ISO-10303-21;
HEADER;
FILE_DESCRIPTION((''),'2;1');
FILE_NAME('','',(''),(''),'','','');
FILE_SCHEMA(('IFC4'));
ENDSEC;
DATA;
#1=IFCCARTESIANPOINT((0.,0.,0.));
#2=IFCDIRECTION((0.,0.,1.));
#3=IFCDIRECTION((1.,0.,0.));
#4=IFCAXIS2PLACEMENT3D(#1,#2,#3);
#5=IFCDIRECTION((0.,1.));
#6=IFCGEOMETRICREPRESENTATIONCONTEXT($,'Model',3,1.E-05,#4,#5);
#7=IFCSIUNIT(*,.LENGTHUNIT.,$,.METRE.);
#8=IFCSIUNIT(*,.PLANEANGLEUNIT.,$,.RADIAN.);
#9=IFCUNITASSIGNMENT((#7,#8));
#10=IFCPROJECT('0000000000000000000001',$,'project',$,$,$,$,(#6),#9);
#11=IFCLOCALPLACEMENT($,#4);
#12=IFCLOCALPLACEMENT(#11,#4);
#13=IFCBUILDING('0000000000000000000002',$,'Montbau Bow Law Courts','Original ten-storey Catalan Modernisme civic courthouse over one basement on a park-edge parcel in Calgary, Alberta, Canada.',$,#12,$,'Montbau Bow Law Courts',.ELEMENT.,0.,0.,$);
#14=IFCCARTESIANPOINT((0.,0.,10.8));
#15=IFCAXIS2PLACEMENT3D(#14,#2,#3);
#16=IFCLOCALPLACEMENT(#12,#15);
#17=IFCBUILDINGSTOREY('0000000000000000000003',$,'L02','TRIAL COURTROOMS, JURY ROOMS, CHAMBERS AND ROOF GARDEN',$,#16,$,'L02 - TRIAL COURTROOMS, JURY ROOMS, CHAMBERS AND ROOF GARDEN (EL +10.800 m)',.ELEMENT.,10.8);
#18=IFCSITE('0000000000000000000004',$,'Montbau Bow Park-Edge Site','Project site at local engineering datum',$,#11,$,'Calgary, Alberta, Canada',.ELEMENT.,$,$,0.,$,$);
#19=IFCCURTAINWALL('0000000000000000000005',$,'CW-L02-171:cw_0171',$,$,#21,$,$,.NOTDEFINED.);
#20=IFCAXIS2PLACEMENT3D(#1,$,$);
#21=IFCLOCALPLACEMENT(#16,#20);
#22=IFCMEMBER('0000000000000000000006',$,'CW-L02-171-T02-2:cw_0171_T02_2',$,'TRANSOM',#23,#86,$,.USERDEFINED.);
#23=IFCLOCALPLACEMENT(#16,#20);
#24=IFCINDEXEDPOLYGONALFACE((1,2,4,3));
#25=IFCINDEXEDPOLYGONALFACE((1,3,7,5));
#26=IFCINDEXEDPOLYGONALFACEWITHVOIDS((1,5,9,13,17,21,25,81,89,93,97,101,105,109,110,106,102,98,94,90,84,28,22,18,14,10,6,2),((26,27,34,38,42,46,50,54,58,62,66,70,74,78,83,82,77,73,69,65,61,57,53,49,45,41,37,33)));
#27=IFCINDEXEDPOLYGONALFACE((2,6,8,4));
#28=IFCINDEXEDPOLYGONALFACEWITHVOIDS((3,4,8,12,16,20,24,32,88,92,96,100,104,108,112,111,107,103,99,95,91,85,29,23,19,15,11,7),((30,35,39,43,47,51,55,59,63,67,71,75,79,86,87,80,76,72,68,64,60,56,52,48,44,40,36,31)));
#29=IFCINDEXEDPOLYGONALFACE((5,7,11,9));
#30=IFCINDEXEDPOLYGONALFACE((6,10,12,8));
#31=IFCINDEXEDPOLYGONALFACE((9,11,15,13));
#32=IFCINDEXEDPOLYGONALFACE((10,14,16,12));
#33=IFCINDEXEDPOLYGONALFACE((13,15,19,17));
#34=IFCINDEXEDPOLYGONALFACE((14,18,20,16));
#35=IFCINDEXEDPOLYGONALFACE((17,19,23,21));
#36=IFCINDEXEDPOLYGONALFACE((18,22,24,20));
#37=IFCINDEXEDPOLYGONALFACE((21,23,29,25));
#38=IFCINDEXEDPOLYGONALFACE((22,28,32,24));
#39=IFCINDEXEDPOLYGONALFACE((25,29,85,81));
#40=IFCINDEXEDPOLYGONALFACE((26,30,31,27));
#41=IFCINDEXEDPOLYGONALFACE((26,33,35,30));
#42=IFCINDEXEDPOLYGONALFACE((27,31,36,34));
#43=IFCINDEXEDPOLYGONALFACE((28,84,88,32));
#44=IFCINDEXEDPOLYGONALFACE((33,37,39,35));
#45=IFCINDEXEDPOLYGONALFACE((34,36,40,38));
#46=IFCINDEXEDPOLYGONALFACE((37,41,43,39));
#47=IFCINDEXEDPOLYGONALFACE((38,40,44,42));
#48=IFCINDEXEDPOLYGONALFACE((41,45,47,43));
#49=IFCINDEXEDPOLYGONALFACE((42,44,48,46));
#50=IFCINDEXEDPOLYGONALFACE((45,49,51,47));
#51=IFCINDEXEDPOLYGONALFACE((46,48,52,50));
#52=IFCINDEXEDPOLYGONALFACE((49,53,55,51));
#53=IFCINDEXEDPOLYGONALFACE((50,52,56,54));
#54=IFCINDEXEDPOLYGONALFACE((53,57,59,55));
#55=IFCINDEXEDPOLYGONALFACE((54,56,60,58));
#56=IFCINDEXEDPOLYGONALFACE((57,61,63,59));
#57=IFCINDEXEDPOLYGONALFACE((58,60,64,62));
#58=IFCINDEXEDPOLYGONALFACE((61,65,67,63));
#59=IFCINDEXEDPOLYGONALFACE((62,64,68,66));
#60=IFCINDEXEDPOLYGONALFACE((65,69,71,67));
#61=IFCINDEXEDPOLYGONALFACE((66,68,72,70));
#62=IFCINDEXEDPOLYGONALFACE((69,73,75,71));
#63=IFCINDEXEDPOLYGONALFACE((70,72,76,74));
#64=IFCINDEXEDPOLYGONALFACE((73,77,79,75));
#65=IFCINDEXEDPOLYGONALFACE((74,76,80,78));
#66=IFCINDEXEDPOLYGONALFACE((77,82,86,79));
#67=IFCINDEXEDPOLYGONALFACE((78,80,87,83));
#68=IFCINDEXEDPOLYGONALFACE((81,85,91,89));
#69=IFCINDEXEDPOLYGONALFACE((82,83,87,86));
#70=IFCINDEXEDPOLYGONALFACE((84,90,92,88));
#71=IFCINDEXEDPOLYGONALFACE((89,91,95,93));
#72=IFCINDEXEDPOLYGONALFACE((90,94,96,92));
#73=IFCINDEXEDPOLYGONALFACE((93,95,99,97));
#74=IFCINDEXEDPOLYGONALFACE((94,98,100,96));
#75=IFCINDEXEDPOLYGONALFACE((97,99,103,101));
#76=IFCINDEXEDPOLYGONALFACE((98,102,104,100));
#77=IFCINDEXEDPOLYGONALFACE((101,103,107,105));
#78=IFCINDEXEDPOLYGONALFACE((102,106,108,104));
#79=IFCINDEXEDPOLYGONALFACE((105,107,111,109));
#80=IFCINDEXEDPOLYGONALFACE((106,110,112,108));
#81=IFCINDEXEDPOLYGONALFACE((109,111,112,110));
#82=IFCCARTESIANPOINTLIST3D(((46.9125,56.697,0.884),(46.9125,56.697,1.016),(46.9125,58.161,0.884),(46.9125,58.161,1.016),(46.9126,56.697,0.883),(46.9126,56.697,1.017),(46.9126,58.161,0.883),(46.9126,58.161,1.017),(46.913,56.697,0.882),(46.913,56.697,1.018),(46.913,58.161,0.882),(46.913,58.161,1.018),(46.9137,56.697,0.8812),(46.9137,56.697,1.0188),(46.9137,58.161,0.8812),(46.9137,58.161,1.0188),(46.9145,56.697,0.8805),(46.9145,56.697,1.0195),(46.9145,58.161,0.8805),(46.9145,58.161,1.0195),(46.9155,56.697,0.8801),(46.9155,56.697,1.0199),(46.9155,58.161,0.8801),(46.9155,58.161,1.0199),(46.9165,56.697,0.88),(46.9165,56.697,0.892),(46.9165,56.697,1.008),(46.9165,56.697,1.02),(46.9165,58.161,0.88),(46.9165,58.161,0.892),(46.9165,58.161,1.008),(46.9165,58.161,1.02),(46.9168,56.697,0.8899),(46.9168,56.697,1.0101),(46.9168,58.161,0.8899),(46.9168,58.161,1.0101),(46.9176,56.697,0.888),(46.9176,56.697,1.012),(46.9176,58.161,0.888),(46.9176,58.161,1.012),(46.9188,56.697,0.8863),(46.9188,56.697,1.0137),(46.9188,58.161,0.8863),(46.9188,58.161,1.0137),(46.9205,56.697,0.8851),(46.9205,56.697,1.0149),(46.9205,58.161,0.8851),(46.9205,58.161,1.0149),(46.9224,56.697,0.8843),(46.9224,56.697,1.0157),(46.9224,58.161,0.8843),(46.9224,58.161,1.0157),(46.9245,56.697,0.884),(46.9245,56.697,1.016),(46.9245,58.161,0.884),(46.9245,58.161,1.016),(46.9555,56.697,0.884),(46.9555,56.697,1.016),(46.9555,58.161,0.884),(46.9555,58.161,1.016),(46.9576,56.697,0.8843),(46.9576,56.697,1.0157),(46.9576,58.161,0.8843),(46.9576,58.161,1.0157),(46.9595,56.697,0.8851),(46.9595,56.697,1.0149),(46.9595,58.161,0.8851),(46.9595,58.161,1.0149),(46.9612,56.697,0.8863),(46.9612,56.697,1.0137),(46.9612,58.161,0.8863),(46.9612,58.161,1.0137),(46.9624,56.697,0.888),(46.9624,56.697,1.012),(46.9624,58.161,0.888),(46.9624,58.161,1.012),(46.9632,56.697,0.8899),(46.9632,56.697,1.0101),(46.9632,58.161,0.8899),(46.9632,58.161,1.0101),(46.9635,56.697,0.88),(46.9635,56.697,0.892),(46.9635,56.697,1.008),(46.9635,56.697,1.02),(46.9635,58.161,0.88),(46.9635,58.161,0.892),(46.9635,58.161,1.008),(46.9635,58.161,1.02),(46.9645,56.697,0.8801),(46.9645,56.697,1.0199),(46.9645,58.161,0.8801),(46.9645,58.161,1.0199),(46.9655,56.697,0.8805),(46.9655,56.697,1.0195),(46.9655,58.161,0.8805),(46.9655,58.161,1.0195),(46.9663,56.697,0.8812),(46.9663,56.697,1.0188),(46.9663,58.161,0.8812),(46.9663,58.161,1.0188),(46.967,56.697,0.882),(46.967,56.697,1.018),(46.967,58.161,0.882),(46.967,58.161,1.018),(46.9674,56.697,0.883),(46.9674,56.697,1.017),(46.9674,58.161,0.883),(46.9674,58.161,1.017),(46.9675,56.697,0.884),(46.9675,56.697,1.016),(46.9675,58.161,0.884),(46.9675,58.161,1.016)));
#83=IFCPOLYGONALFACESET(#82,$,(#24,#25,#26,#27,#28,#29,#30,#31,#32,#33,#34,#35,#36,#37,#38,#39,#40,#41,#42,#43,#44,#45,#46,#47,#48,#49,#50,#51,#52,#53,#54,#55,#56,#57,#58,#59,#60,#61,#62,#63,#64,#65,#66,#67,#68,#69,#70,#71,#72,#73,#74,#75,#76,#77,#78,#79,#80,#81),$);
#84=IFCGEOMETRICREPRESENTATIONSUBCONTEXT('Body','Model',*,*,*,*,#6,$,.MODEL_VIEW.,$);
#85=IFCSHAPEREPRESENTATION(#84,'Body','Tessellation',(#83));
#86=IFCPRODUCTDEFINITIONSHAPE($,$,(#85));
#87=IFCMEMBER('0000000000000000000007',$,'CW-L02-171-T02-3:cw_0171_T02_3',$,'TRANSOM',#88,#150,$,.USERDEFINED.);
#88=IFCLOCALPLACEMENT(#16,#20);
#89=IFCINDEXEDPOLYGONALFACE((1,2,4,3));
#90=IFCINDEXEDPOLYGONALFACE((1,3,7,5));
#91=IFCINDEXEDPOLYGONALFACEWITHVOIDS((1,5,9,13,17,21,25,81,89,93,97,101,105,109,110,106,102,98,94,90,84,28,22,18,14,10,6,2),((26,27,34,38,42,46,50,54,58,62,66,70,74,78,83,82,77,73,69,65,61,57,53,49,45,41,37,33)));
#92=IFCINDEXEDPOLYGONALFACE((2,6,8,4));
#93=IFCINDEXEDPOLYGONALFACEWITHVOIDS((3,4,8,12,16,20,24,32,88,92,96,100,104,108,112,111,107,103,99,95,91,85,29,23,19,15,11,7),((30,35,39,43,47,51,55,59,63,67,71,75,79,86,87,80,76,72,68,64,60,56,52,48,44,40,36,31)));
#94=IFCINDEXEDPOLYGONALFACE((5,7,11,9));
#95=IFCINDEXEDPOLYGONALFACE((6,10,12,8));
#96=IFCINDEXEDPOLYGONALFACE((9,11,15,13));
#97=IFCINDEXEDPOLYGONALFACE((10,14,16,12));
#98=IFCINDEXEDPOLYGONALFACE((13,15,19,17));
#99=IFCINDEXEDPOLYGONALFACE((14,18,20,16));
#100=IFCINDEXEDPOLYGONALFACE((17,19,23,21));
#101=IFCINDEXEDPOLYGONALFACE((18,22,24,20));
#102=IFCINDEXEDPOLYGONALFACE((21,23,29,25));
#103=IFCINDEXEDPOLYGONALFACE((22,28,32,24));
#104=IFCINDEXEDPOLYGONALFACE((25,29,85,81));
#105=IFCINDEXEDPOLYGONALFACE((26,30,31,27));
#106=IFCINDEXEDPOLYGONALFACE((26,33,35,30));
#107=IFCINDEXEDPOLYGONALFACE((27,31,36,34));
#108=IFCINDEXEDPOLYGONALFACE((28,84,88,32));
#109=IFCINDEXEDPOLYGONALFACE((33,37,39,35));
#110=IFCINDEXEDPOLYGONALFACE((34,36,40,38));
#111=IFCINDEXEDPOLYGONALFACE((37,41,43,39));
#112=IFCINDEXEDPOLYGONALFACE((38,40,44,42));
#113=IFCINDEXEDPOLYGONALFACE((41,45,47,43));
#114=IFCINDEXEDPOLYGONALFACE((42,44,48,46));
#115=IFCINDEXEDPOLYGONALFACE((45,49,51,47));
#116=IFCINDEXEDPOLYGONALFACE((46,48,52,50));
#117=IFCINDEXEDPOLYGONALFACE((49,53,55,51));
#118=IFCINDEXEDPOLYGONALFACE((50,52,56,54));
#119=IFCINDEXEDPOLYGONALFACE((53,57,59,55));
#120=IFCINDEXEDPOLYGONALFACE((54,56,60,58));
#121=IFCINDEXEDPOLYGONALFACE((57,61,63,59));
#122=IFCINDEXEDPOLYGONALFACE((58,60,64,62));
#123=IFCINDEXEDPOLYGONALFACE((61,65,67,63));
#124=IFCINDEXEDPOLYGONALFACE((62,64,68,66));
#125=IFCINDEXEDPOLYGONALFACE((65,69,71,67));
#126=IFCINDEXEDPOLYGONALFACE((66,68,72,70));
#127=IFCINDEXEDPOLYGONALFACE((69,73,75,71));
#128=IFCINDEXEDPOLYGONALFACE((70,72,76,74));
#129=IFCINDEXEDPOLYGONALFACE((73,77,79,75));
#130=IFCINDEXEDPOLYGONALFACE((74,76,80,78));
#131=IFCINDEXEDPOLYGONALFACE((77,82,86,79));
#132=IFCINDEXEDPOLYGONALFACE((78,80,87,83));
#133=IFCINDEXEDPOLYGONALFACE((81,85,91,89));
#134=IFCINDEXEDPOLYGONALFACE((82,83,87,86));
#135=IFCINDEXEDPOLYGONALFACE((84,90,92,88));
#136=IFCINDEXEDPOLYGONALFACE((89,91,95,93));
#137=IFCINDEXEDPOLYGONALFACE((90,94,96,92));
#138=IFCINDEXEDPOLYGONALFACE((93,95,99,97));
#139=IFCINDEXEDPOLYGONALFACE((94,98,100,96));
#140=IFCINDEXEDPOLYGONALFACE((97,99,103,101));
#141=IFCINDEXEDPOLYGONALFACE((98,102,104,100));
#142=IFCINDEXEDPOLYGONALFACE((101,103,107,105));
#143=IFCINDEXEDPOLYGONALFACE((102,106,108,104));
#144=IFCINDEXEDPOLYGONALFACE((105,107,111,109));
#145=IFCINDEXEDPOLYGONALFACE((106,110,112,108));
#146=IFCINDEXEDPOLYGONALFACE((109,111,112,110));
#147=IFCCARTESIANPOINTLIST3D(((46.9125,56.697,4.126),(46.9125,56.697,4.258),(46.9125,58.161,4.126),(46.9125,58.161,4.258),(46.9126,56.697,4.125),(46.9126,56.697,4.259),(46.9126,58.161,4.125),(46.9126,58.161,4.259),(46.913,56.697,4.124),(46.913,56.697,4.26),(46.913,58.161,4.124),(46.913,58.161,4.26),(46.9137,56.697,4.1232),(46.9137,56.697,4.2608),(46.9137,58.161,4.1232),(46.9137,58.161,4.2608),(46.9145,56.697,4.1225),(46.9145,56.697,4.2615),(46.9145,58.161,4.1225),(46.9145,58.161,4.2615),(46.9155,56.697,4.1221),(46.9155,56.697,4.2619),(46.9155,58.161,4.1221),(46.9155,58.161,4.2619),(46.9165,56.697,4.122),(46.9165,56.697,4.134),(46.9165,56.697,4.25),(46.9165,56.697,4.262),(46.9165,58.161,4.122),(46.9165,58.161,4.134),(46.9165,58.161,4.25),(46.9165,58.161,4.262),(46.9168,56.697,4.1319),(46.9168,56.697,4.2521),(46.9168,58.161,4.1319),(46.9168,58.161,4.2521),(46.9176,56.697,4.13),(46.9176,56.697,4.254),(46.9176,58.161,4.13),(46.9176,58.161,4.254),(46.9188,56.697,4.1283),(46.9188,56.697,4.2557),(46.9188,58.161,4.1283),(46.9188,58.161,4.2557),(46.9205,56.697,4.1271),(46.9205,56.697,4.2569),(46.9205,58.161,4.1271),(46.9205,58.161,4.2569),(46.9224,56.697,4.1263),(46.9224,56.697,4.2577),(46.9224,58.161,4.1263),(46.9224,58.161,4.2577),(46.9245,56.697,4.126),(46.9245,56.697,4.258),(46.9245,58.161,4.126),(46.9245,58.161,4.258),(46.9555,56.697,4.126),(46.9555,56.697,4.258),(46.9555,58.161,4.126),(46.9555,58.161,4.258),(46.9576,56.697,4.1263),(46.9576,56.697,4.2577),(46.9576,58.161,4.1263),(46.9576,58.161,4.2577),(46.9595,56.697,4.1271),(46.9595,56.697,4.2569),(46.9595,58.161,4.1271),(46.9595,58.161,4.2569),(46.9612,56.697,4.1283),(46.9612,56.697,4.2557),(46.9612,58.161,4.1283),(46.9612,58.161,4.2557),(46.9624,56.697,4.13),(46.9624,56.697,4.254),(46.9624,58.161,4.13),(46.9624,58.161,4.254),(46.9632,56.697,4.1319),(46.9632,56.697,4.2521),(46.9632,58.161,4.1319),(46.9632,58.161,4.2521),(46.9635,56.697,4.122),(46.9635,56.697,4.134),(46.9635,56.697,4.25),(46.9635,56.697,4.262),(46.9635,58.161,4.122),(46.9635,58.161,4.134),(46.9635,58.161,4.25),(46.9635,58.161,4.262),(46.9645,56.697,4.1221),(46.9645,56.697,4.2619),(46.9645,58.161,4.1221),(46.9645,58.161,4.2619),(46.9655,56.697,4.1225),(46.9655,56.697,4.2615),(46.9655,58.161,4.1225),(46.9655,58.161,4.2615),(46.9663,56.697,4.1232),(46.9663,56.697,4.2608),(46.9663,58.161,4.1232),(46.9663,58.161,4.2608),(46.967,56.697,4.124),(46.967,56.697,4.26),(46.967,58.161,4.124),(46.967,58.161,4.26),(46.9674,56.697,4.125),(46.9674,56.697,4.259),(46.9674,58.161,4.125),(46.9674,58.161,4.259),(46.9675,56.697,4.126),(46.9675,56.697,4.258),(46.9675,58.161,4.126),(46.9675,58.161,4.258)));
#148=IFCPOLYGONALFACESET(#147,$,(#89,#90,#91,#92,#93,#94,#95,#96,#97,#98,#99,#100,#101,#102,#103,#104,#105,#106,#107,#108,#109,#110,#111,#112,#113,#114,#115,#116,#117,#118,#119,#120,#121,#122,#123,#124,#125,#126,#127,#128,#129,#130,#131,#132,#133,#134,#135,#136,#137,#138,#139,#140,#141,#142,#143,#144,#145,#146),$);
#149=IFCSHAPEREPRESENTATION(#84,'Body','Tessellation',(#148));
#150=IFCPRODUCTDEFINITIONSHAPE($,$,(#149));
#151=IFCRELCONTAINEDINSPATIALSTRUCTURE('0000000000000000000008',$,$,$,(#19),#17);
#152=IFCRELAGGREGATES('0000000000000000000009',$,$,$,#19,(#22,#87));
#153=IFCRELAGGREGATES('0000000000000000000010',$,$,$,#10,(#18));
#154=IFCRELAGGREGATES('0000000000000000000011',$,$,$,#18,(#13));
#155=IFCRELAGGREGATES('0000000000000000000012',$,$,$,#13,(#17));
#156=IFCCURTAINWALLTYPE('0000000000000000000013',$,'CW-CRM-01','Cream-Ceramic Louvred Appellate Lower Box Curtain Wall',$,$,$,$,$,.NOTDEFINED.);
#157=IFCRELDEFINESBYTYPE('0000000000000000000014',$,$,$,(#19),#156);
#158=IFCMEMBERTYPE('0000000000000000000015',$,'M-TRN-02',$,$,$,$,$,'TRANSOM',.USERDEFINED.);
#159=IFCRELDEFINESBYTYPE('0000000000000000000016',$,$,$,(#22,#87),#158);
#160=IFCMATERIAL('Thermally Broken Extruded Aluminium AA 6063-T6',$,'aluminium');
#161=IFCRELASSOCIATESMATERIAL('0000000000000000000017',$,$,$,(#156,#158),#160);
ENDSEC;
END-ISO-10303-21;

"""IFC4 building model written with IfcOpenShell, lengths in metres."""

from ifc_helpers import new_model, si_unit, direction, frame, origin_with_axes, origin_2d_with_axis, place, context, subcontext, project, spatial, hollow_rectangle, extrude, material, material_profile, profile_set, type_object, element, aggregate, save


model = new_model("IFC4")

# Units and contexts
model_context = context("Model", 3, precision=1e-05, world=origin_with_axes(), true_north=direction((0.0, 1.0)))
body_context = subcontext(model_context, "Body", "Model", "MODEL_VIEW")
ifc_project = project(units=[si_unit("LENGTHUNIT", "METRE"), si_unit("PLANEANGLEUNIT", "RADIAN")], contexts=[model_context])

# Site, building, storey
site_placement = place(None, origin_with_axes())
site = spatial("IfcSite", under=ifc_project, at=site_placement, Name="Montbau Bow Park-Edge Site", Description="Project site at local engineering datum", LongName="Calgary, Alberta, Canada", CompositionType="ELEMENT", RefElevation=0.0)
building_placement = place(site_placement, origin_with_axes())
building = spatial("IfcBuilding", under=site, at=building_placement, Name="Montbau Bow Law Courts", Description="Original ten-storey Catalan Modernisme civic courthouse over one basement on a park-edge parcel in Calgary, Alberta, Canada.", LongName="Montbau Bow Law Courts", CompositionType="ELEMENT", ElevationOfRefHeight=0.0, ElevationOfTerrain=0.0)
storey_placement = place(building_placement, frame((0.0, 0.0, 10.8), z_axis=(0.0, 0.0, 1.0), x_axis=(1.0, 0.0, 0.0)))
storey = spatial("IfcBuildingStorey", under=building, at=storey_placement, Name="L02", Description="TRIAL COURTROOMS, JURY ROOMS, CHAMBERS AND ROOF GARDEN", LongName="L02 - TRIAL COURTROOMS, JURY ROOMS, CHAMBERS AND ROOF GARDEN (EL +10.800 m)", CompositionType="ELEMENT", Elevation=10.8)

# Curtain wall, members
ifc_material_1 = material(Name="Thermally Broken Extruded Aluminium AA 6063-T6", Category="aluminium")
curtain_wall_type = type_object("IfcCurtainWallType", Name="CW-CRM-01", Description="Cream-Ceramic Louvred Appellate Lower Box Curtain Wall", PredefinedType="NOTDEFINED", material=ifc_material_1)
curtain_wall_placement = place(None, frame((46.94, 55.115, 10.8), z_axis=(0.0, 0.0, 1.0), x_axis=(1.0, 0.0, 0.0)))
curtain_wall = element("IfcCurtainWall", 1, at=curtain_wall_placement, inside=storey, type_object=curtain_wall_type, Name="CW-L02-171:cw_0171", PredefinedType="NOTDEFINED")
ifc_material_profile_1 = material_profile(ifc_material_1, hollow_rectangle(XDim=0.055, YDim=0.14, WallThickness=0.004, InnerFilletRadius=0.008, OuterFilletRadius=0.004, at=origin_2d_with_axis()), Name="CWT-140X55", Category="Main", Priority=0)
ifc_profile_set_1 = profile_set([ifc_material_profile_1], Name="Thermally Broken Extruded Aluminium AA 6063-T6")
member_type_1 = type_object("IfcMemberType", Name="M-TRN-02", ElementType="TRANSOM", PredefinedType="USERDEFINED", material=ifc_profile_set_1)
member_1_placement = place(None, frame((46.94, 56.697, 11.75), z_axis=(0.0, 1.0, 0.0), x_axis=(-1.0, 0.0, 0.0)))
member_1 = element("IfcMember", 2, at=member_1_placement, type_object=member_type_1, Name="CW-L02-171-T02-2:cw_0171_T02_2", ObjectType="TRANSOM", PredefinedType="USERDEFINED", context=body_context, shape_type="SweptSolid", body=[
    extrude(hollow_rectangle(XDim=0.055, YDim=0.14, WallThickness=0.004, InnerFilletRadius=0.008, OuterFilletRadius=0.004, at=origin_2d_with_axis()), origin_with_axes(), (0.0, 0.0, 1.0), 1.464),
])
member_2_placement = place(None, frame((46.94, 56.697, 14.992), z_axis=(0.0, 1.0, 0.0), x_axis=(-1.0, 0.0, 0.0)))
member_2 = element("IfcMember", 3, at=member_2_placement, type_object=member_type_1, Name="CW-L02-171-T02-3:cw_0171_T02_3", ObjectType="TRANSOM", PredefinedType="USERDEFINED", context=body_context, shape_type="SweptSolid", body=[
    extrude(hollow_rectangle(XDim=0.055, YDim=0.14, WallThickness=0.004, InnerFilletRadius=0.008, OuterFilletRadius=0.004, at=origin_2d_with_axis()), origin_with_axes(), (0.0, 0.0, 1.0), 1.464),
])
aggregate(curtain_wall, [member_1, member_2])

save(model, "model.ifc")
